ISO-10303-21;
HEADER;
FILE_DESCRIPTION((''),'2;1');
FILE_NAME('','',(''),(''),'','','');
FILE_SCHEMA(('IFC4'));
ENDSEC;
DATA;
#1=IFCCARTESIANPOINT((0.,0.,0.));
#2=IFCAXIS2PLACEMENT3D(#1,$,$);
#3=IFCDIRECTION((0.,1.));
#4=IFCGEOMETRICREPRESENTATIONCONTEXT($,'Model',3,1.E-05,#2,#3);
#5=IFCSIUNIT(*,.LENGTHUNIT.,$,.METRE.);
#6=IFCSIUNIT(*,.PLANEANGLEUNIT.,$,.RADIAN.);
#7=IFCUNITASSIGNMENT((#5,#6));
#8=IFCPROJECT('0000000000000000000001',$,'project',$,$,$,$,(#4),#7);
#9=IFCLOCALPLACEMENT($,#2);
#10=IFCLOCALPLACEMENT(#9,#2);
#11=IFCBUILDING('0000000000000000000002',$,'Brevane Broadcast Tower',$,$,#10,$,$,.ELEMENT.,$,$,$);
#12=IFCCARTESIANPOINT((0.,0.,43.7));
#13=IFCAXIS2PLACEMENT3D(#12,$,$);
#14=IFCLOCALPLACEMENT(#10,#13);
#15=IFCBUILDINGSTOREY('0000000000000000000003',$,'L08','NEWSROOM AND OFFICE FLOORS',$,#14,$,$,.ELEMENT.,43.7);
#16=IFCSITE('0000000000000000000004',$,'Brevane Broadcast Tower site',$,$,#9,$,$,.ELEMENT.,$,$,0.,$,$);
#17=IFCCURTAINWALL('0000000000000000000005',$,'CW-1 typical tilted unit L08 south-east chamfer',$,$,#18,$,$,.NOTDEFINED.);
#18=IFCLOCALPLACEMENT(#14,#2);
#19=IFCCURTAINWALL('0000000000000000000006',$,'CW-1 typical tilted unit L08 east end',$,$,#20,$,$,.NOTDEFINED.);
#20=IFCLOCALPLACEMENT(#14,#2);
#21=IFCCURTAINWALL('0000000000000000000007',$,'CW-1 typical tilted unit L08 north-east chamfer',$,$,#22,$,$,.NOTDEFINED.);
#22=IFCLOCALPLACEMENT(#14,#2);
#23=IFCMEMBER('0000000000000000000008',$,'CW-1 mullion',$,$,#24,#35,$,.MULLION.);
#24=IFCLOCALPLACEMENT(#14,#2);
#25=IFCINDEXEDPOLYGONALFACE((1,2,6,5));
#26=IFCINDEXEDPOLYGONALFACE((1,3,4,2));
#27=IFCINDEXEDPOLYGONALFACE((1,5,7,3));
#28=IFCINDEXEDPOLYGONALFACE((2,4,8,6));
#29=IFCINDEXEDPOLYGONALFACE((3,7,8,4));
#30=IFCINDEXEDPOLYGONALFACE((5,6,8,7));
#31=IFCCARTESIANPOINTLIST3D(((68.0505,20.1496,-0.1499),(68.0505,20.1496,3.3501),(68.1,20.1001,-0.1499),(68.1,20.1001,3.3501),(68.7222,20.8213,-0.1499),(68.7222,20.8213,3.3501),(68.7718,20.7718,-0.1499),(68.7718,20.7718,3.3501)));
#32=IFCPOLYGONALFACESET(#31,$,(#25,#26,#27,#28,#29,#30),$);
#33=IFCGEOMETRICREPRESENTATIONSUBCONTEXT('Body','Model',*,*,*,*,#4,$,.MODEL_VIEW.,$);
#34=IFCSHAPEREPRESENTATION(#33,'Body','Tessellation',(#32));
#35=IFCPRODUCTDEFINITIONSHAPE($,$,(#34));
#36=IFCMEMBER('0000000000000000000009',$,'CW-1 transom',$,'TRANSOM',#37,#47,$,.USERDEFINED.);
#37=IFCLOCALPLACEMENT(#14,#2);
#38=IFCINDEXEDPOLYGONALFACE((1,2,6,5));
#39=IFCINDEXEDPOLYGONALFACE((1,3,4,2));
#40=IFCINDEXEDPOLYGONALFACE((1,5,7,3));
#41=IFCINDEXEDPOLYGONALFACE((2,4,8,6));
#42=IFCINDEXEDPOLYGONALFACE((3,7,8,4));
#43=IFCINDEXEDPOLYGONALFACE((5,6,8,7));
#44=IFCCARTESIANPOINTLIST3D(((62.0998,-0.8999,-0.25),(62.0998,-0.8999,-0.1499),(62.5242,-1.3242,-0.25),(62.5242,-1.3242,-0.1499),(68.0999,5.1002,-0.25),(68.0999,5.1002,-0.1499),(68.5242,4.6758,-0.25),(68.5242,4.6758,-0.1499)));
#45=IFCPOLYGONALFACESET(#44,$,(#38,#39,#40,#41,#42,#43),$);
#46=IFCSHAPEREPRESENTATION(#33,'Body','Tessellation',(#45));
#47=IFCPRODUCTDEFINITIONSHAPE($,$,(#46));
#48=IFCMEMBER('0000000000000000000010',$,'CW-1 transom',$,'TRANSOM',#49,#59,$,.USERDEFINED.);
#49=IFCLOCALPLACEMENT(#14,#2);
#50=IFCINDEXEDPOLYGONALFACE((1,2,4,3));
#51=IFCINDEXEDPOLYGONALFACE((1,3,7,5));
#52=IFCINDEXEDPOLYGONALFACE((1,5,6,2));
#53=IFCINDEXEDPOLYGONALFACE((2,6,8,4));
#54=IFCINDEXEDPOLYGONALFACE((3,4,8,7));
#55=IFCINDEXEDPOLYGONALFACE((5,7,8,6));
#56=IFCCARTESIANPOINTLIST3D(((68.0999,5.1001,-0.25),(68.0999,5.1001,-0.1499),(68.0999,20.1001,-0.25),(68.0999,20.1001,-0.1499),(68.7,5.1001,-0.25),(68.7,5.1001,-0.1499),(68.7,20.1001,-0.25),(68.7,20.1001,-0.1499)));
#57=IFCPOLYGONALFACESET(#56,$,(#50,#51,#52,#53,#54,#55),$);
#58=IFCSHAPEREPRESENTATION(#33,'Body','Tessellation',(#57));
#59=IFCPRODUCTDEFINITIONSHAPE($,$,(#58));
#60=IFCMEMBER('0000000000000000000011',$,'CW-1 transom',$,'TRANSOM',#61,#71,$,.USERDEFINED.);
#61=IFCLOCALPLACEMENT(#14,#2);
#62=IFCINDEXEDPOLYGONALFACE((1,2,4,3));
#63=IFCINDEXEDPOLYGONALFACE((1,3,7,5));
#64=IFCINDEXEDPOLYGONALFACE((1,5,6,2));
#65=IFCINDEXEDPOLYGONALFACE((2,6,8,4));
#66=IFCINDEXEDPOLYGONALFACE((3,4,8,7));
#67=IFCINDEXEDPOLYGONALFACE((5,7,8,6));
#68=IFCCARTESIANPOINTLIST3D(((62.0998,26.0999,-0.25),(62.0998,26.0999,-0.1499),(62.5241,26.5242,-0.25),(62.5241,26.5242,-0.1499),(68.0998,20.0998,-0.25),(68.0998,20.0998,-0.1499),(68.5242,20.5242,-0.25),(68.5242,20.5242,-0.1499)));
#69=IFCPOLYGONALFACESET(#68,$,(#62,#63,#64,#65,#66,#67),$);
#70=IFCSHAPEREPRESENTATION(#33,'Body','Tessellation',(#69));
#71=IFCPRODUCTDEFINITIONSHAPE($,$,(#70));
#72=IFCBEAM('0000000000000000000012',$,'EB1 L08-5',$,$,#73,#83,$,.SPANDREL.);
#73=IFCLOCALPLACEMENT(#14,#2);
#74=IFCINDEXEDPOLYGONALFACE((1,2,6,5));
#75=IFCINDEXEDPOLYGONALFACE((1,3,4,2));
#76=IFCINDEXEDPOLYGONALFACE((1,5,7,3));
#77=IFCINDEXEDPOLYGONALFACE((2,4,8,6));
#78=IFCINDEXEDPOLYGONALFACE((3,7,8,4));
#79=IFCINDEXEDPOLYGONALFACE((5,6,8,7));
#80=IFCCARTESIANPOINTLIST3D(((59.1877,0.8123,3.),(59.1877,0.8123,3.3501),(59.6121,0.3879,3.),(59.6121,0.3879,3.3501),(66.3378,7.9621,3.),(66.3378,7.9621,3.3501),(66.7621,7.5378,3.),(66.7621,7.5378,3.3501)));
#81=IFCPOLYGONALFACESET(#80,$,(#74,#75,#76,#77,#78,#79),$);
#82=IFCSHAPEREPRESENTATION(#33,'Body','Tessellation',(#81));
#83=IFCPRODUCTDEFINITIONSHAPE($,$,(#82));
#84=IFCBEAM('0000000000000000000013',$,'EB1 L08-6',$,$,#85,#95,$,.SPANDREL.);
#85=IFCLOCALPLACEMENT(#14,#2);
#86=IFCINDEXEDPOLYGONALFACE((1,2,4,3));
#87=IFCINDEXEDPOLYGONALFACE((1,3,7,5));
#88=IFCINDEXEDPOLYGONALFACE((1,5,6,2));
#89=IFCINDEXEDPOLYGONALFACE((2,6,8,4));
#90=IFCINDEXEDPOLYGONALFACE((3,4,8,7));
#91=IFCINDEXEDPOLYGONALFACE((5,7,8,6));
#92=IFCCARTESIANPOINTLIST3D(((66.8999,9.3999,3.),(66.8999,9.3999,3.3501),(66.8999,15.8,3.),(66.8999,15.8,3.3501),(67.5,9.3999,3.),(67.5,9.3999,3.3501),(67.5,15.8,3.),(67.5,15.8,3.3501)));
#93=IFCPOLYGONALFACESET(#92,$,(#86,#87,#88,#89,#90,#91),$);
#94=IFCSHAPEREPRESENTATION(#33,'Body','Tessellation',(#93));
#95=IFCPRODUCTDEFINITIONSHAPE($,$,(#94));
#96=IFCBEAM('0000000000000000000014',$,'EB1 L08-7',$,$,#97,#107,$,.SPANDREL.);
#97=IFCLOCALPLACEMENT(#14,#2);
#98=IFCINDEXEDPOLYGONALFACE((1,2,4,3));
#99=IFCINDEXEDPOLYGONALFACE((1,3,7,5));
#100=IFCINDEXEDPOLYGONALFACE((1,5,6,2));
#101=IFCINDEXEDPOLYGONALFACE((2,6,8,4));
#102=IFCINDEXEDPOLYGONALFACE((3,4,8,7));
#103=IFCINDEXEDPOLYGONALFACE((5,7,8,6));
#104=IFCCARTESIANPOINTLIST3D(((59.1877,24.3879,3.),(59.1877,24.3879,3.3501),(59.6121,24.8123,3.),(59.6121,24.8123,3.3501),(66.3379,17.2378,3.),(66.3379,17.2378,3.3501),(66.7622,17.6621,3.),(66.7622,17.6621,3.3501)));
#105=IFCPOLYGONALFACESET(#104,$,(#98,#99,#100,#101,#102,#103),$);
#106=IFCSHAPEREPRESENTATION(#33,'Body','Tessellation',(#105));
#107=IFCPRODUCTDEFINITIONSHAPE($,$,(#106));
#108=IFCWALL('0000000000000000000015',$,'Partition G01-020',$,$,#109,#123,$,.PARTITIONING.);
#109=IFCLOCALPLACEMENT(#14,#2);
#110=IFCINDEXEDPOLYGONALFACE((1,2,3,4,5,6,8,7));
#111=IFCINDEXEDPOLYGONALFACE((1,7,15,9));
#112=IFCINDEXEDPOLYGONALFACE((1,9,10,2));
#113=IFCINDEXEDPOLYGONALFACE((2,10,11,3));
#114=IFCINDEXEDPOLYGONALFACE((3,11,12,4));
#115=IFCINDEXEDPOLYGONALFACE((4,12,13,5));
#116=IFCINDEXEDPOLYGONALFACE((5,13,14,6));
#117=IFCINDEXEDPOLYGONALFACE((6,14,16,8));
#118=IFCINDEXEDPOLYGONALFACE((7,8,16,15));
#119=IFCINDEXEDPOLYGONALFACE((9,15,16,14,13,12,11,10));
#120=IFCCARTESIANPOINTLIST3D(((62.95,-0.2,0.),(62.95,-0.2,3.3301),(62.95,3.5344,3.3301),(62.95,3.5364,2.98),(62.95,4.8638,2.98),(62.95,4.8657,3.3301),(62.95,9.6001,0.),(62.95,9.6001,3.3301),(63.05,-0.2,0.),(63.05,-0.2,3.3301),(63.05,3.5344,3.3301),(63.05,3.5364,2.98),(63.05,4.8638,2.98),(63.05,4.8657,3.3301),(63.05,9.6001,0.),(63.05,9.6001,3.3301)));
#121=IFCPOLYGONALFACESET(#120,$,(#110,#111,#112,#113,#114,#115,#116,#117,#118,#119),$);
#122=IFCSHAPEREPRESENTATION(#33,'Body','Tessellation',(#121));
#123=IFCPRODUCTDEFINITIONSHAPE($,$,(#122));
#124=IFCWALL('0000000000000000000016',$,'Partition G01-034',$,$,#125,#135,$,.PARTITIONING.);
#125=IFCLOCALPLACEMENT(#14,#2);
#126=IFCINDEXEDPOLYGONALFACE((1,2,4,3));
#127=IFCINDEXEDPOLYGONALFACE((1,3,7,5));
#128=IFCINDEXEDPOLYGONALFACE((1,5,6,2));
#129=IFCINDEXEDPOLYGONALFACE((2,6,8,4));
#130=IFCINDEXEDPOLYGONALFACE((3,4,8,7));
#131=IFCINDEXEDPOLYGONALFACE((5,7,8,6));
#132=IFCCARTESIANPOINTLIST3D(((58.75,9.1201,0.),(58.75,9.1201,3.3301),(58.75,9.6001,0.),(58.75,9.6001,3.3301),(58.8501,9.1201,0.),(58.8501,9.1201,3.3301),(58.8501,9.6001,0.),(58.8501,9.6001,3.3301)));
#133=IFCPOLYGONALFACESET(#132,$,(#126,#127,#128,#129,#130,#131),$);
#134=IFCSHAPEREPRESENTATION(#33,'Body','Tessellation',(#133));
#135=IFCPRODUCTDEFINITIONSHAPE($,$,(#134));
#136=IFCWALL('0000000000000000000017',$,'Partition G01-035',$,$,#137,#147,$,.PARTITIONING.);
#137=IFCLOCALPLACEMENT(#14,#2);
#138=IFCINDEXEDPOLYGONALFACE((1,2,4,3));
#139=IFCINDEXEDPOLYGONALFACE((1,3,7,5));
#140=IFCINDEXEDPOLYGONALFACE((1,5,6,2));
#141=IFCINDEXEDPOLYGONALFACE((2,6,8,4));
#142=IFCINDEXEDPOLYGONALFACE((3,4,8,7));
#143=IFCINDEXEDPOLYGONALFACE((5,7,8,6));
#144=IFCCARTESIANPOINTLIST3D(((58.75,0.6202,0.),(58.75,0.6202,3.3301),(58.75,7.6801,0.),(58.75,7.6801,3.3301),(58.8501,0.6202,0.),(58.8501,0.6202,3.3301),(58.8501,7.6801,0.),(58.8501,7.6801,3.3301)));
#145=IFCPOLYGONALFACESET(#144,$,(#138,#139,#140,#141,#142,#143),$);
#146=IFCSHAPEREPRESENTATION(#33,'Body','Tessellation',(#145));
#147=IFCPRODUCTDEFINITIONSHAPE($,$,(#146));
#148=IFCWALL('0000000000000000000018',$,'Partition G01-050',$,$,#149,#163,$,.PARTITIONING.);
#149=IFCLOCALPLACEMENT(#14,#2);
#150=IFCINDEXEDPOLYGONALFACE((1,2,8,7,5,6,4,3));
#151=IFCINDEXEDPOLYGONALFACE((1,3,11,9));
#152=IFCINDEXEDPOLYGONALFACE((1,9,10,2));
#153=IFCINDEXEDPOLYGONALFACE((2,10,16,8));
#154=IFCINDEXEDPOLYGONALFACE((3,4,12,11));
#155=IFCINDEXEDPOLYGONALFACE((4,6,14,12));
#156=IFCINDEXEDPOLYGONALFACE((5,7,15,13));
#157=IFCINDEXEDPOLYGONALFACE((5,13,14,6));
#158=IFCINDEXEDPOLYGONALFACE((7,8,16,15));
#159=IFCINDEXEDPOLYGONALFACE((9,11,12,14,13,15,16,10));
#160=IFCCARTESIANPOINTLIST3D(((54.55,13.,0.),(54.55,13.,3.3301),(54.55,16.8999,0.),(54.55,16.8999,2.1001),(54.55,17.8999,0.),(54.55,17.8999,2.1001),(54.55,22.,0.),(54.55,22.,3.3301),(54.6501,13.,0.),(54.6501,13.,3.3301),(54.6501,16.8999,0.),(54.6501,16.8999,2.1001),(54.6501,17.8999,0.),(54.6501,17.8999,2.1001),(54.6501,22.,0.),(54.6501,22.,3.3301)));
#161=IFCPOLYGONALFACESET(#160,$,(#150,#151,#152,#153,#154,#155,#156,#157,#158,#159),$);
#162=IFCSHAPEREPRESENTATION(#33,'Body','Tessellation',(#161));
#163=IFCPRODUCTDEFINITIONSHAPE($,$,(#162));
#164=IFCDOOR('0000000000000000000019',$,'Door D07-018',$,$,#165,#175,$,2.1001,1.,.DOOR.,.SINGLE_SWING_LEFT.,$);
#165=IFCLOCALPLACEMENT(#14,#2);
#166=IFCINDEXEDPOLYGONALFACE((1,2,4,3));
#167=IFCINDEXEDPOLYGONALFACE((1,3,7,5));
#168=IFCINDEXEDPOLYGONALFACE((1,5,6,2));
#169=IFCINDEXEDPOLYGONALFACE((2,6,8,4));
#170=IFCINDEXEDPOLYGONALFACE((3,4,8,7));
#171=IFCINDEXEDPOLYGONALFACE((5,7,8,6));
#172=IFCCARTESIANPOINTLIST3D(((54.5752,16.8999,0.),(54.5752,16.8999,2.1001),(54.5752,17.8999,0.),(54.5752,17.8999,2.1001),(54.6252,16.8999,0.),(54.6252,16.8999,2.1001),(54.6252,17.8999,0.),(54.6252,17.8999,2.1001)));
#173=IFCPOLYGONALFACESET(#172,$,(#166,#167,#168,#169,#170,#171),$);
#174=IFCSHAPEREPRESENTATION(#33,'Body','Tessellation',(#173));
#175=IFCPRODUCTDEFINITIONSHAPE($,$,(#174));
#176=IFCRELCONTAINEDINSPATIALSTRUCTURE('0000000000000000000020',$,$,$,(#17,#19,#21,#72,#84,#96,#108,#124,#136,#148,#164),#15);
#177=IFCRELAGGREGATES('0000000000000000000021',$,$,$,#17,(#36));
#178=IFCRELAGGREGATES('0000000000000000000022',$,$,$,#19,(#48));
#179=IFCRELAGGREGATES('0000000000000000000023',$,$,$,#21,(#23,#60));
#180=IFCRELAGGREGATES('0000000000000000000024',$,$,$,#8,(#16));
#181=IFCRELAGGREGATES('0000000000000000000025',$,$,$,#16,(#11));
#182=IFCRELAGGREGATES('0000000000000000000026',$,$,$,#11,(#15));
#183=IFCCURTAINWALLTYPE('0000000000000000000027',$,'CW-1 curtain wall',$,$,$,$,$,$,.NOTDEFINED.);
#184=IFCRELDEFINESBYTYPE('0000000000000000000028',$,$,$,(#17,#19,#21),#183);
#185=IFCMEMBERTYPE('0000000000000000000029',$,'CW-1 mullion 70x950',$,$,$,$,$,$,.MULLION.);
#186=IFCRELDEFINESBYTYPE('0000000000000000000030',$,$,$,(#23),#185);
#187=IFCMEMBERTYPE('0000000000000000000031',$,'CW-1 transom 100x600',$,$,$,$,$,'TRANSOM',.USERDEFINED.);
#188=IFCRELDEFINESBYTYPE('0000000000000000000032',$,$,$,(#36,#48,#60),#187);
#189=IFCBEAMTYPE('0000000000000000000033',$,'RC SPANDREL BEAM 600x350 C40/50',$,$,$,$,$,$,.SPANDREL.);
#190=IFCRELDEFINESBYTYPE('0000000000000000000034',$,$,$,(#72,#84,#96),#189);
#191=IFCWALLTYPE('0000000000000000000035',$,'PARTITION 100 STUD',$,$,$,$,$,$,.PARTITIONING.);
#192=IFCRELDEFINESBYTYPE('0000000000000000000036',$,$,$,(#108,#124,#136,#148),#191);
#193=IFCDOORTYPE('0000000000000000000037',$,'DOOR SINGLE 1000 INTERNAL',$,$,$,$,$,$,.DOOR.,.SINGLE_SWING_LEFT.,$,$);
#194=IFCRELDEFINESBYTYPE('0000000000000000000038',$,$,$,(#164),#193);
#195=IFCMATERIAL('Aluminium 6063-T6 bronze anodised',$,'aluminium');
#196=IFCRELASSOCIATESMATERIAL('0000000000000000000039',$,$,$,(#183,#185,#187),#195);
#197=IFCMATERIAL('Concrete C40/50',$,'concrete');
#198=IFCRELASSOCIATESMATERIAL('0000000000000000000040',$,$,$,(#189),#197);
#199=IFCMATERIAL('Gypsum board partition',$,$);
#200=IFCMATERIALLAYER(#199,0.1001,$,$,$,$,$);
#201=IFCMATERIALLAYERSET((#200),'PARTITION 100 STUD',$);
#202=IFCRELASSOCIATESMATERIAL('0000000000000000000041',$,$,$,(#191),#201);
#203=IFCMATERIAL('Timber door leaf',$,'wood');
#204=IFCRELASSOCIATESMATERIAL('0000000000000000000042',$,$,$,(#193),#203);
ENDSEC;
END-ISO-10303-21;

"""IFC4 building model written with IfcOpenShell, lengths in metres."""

from ifc_helpers import new_model, si_unit, direction, frame, frame_2d, origin, origin_2d, place, context, subcontext, project, spatial, polyline, rectangle, outline, extrude, material, layer, layer_set, material_profile, profile_set, type_object, element, fill, aggregate, save


model = new_model("IFC4")

# Units and contexts
model_context = context("Model", 3, precision=1e-05, world=origin(), true_north=direction((0.0, 1.0)))
body_context = subcontext(model_context, "Body", "Model", "MODEL_VIEW")
ifc_project = project(units=[si_unit("LENGTHUNIT", "METRE"), si_unit("PLANEANGLEUNIT", "RADIAN")], contexts=[model_context])

# Site, building, storey
site_placement = place(None, origin())
site = spatial("IfcSite", under=ifc_project, at=site_placement, Name="Brevane Broadcast Tower site", CompositionType="ELEMENT", RefElevation=0.0)
building_placement = place(site_placement, origin())
building = spatial("IfcBuilding", under=site, at=building_placement, Name="Brevane Broadcast Tower", CompositionType="ELEMENT")
storey_placement = place(building_placement, frame((0.0, 0.0, 43.7)))
storey = spatial("IfcBuildingStorey", under=building, at=storey_placement, Name="L08", Description="NEWSROOM AND OFFICE FLOORS", CompositionType="ELEMENT", Elevation=43.7)

# Curtain walls
ifc_material_1 = material(Name="Aluminium 6063-T6 bronze anodised", Category="aluminium")
curtain_wall_type = type_object("IfcCurtainWallType", Name="CW-1 curtain wall", PredefinedType="NOTDEFINED", material=ifc_material_1)
ifc_material_profile_1 = material_profile(ifc_material_1, rectangle(XDim=0.95, YDim=0.0701, at=origin_2d()), Name="RECT 70x950")
ifc_profile_set_1 = profile_set([ifc_material_profile_1], Name="Aluminium 6063-T6 bronze anodised")
member_type_1 = type_object("IfcMemberType", Name="CW-1 mullion 70x950", PredefinedType="MULLION", material=ifc_profile_set_1)
curtain_wall_1_placement = place(storey_placement, origin())
curtain_wall_1 = element("IfcCurtainWall", 1, at=curtain_wall_1_placement, inside=storey, type_object=curtain_wall_type, Name="CW-1 typical tilted unit L08 south-east chamfer", PredefinedType="NOTDEFINED")
curtain_wall_2_placement = place(storey_placement, origin())
curtain_wall_2 = element("IfcCurtainWall", 2, at=curtain_wall_2_placement, inside=storey, type_object=curtain_wall_type, Name="CW-1 typical tilted unit L08 east end", PredefinedType="NOTDEFINED")

# Curtain wall, member
curtain_wall_3_placement = place(storey_placement, origin())
curtain_wall_3 = element("IfcCurtainWall", 3, at=curtain_wall_3_placement, inside=storey, type_object=curtain_wall_type, Name="CW-1 typical tilted unit L08 north-east chamfer", PredefinedType="NOTDEFINED")
member_1_placement = place(storey_placement, frame((68.4111, 20.4607, -0.1499), z_axis=(0.0, 0.0, 1.0), x_axis=(-0.707107, -0.707107, 0.0)))
member_1 = element("IfcMember", 4, at=member_1_placement, type_object=member_type_1, Name="CW-1 mullion", PredefinedType="MULLION", context=body_context, shape_type="SweptSolid", body=[
    extrude(rectangle(XDim=0.95, YDim=0.0701, at=origin_2d()), origin(), (0.0, 0.0, 1.0), 3.5),
])

# Members
ifc_material_profile_2 = material_profile(ifc_material_1, rectangle(XDim=0.6001, YDim=0.1001, at=origin_2d()), Name="RECT 100x600")
ifc_profile_set_2 = profile_set([ifc_material_profile_2], Name="Aluminium 6063-T6 bronze anodised")
member_type_2 = type_object("IfcMemberType", Name="CW-1 transom 100x600", ElementType="TRANSOM", PredefinedType="USERDEFINED", material=ifc_profile_set_2)
member_2_placement = place(storey_placement, frame((62.312, -1.1121, -0.2), z_axis=(0.707107, 0.707107, 0.0), x_axis=(-0.707107, 0.707107, 0.0)))
member_2 = element("IfcMember", 5, at=member_2_placement, type_object=member_type_2, Name="CW-1 transom", ObjectType="TRANSOM", PredefinedType="USERDEFINED", context=body_context, shape_type="SweptSolid", body=[
    extrude(rectangle(XDim=0.6001, YDim=0.1001, at=origin_2d()), origin(), (0.0, 0.0, 1.0), 8.4854),
])
aggregate(curtain_wall_1, [member_2])
member_3_placement = place(storey_placement, frame((68.3999, 5.1001, -0.2), z_axis=(0.0, 1.0, 0.0), x_axis=(-1.0, 0.0, 0.0)))
member_3 = element("IfcMember", 6, at=member_3_placement, type_object=member_type_2, Name="CW-1 transom", ObjectType="TRANSOM", PredefinedType="USERDEFINED", context=body_context, shape_type="SweptSolid", body=[
    extrude(rectangle(XDim=0.6001, YDim=0.1001, at=origin_2d()), origin(), (0.0, 0.0, 1.0), 15.0),
])
aggregate(curtain_wall_2, [member_3])
member_4_placement = place(storey_placement, frame((68.312, 20.312, -0.2), z_axis=(-0.707107, 0.707107, 0.0), x_axis=(-0.707107, -0.707107, 0.0)))
member_4 = element("IfcMember", 7, at=member_4_placement, type_object=member_type_2, Name="CW-1 transom", ObjectType="TRANSOM", PredefinedType="USERDEFINED", context=body_context, shape_type="SweptSolid", body=[
    extrude(rectangle(XDim=0.6001, YDim=0.1001, at=origin_2d()), origin(), (0.0, 0.0, 1.0), 8.4854),
])
aggregate(curtain_wall_3, [member_1, member_4])

# Beams
ifc_material_2 = material(Name="Concrete C40/50", Category="concrete")
ifc_material_profile_3 = material_profile(ifc_material_2, rectangle(XDim=0.6001, YDim=0.3501, at=origin_2d()), Name="RC 600x350")
ifc_profile_set_3 = profile_set([ifc_material_profile_3], Name="Concrete C40/50")
beam_type = type_object("IfcBeamType", Name="RC SPANDREL BEAM 600x350 C40/50", PredefinedType="SPANDREL", material=ifc_profile_set_3)
beam_1_placement = place(storey_placement, frame((59.3999, 0.6001, 3.175), z_axis=(0.707119, 0.707095, 0.0), x_axis=(-0.707095, 0.707119, 0.0)))
element("IfcBeam", 8, at=beam_1_placement, inside=storey, type_object=beam_type, Name="EB1 L08-5", PredefinedType="SPANDREL", context=body_context, shape_type="SweptSolid", body=[
    extrude(rectangle(XDim=0.6001, YDim=0.3501, at=origin_2d()), origin(), (0.0, 0.0, 1.0), 10.1116),
])
beam_2_placement = place(storey_placement, frame((67.2, 9.3999, 3.175), z_axis=(0.0, 1.0, 0.0), x_axis=(-1.0, 0.0, 0.0)))
element("IfcBeam", 9, at=beam_2_placement, inside=storey, type_object=beam_type, Name="EB1 L08-6", PredefinedType="SPANDREL", context=body_context, shape_type="SweptSolid", body=[
    extrude(rectangle(XDim=0.6001, YDim=0.3501, at=origin_2d()), origin(), (0.0, 0.0, 1.0), 6.4001),
])
beam_3_placement = place(storey_placement, frame((66.55, 17.45, 3.175), z_axis=(-0.707107, 0.707107, 0.0), x_axis=(-0.707107, -0.707107, 0.0)))
element("IfcBeam", 10, at=beam_3_placement, inside=storey, type_object=beam_type, Name="EB1 L08-7", PredefinedType="SPANDREL", context=body_context, shape_type="SweptSolid", body=[
    extrude(rectangle(XDim=0.6001, YDim=0.3501, at=origin_2d()), origin(), (0.0, 0.0, 1.0), 10.1118),
])

# Walls
ifc_material_3 = material(Name="Gypsum board partition")
ifc_layer_1 = layer(ifc_material_3, 0.1001)
ifc_layer_set_1 = layer_set([ifc_layer_1], Name="PARTITION 100 STUD")
wall_type_1 = type_object("IfcWallType", Name="PARTITION 100 STUD", PredefinedType="PARTITIONING", material=ifc_layer_set_1)
wall_1_placement = place(storey_placement, frame((63.0, -0.2, 0.0), z_axis=(0.0, 0.0, 1.0), x_axis=(0.0, 1.0, 0.0)))
element("IfcWall", 11, at=wall_1_placement, inside=storey, type_object=wall_type_1, Name="Partition G01-020", PredefinedType="PARTITIONING", context=body_context, shape_type="SweptSolid", body=[
    extrude(outline(polyline([(0.0, 0.0), (9.8, 0.0), (9.8, 3.3301), (5.0657, 3.3301), (5.0637, 2.98), (3.7363, 2.98), (3.7344, 3.3301), (0.0, 3.3301), (0.0, 0.0)])), frame((0.0, 0.05, 0.0), z_axis=(0.0, -1.0, 0.0), x_axis=(1.0, 0.0, 0.0)), (0.0, 0.0, 1.0), 0.1001),
])
wall_2_placement = place(storey_placement, frame((58.8, 9.6001, 0.0), z_axis=(0.0, 0.0, 1.0), x_axis=(0.0, -1.0, 0.0)))
element("IfcWall", 12, at=wall_2_placement, inside=storey, type_object=wall_type_1, Name="Partition G01-034", PredefinedType="PARTITIONING", context=body_context, shape_type="SweptSolid", body=[
    extrude(rectangle(XDim=0.48, YDim=0.1001, at=frame_2d((0.24, 0.0))), origin(), (0.0, 0.0, 1.0), 3.3301),
])
wall_3_placement = place(storey_placement, frame((58.8, 7.6799, 0.0), z_axis=(0.0, 0.0, 1.0), x_axis=(0.0, -1.0, 0.0)))
element("IfcWall", 13, at=wall_3_placement, inside=storey, type_object=wall_type_1, Name="Partition G01-035", PredefinedType="PARTITIONING", context=body_context, shape_type="SweptSolid", body=[
    extrude(rectangle(XDim=7.0598, YDim=0.1001, at=frame_2d((3.5298, 0.0))), origin(), (0.0, 0.0, 1.0), 3.3301),
])

# Wall, opening, door
wall_4_placement = place(storey_placement, frame((54.6001, 13.0, 0.0), z_axis=(0.0, 0.0, 1.0), x_axis=(0.0, 1.0, 0.0)))
wall_4 = element("IfcWall", 14, at=wall_4_placement, inside=storey, type_object=wall_type_1, Name="Partition G01-050", PredefinedType="PARTITIONING", context=body_context, shape_type="SweptSolid", body=[
    extrude(rectangle(XDim=9.0, YDim=0.1001, at=frame_2d((4.5, 0.0))), origin(), (0.0, 0.0, 1.0), 3.3301),
])
opening_1_placement = place(wall_4_placement, frame((3.8999, 0.0, 0.0)))
opening_1 = element("IfcOpeningElement", 15, at=opening_1_placement, cuts=wall_4, PredefinedType="OPENING", context=body_context, shape_type="SweptSolid", body=[
    extrude(rectangle(XDim=1.0, YDim=2.1001, at=frame_2d((0.5, 1.05))), frame((0.0, 0.0601, 0.0), z_axis=(0.0, -1.0, 0.0), x_axis=(1.0, 0.0, 0.0)), (0.0, 0.0, 1.0), 0.1201),
])
ifc_material_4 = material(Name="Timber door leaf", Category="wood")
door_type_1 = type_object("IfcDoorType", Name="DOOR SINGLE 1000 INTERNAL", OperationType="SINGLE_SWING_LEFT", PredefinedType="DOOR", material=ifc_material_4)
door_1_placement = place(opening_1_placement, origin())
door_1 = element("IfcDoor", 16, at=door_1_placement, inside=storey, type_object=door_type_1, Name="Door D07-018", OperationType="SINGLE_SWING_LEFT", OverallHeight=2.1001, OverallWidth=1.0, PredefinedType="DOOR", context=body_context, shape_type="SweptSolid", body=[
    extrude(rectangle(XDim=1.0, YDim=2.1001, at=frame_2d((0.5, 1.05))), frame((0.0, 0.0249, 0.0), z_axis=(0.0, -1.0, 0.0), x_axis=(1.0, 0.0, 0.0)), (0.0, 0.0, 1.0), 0.05),
])
fill(opening_1, door_1)

save(model, "model.ifc")
